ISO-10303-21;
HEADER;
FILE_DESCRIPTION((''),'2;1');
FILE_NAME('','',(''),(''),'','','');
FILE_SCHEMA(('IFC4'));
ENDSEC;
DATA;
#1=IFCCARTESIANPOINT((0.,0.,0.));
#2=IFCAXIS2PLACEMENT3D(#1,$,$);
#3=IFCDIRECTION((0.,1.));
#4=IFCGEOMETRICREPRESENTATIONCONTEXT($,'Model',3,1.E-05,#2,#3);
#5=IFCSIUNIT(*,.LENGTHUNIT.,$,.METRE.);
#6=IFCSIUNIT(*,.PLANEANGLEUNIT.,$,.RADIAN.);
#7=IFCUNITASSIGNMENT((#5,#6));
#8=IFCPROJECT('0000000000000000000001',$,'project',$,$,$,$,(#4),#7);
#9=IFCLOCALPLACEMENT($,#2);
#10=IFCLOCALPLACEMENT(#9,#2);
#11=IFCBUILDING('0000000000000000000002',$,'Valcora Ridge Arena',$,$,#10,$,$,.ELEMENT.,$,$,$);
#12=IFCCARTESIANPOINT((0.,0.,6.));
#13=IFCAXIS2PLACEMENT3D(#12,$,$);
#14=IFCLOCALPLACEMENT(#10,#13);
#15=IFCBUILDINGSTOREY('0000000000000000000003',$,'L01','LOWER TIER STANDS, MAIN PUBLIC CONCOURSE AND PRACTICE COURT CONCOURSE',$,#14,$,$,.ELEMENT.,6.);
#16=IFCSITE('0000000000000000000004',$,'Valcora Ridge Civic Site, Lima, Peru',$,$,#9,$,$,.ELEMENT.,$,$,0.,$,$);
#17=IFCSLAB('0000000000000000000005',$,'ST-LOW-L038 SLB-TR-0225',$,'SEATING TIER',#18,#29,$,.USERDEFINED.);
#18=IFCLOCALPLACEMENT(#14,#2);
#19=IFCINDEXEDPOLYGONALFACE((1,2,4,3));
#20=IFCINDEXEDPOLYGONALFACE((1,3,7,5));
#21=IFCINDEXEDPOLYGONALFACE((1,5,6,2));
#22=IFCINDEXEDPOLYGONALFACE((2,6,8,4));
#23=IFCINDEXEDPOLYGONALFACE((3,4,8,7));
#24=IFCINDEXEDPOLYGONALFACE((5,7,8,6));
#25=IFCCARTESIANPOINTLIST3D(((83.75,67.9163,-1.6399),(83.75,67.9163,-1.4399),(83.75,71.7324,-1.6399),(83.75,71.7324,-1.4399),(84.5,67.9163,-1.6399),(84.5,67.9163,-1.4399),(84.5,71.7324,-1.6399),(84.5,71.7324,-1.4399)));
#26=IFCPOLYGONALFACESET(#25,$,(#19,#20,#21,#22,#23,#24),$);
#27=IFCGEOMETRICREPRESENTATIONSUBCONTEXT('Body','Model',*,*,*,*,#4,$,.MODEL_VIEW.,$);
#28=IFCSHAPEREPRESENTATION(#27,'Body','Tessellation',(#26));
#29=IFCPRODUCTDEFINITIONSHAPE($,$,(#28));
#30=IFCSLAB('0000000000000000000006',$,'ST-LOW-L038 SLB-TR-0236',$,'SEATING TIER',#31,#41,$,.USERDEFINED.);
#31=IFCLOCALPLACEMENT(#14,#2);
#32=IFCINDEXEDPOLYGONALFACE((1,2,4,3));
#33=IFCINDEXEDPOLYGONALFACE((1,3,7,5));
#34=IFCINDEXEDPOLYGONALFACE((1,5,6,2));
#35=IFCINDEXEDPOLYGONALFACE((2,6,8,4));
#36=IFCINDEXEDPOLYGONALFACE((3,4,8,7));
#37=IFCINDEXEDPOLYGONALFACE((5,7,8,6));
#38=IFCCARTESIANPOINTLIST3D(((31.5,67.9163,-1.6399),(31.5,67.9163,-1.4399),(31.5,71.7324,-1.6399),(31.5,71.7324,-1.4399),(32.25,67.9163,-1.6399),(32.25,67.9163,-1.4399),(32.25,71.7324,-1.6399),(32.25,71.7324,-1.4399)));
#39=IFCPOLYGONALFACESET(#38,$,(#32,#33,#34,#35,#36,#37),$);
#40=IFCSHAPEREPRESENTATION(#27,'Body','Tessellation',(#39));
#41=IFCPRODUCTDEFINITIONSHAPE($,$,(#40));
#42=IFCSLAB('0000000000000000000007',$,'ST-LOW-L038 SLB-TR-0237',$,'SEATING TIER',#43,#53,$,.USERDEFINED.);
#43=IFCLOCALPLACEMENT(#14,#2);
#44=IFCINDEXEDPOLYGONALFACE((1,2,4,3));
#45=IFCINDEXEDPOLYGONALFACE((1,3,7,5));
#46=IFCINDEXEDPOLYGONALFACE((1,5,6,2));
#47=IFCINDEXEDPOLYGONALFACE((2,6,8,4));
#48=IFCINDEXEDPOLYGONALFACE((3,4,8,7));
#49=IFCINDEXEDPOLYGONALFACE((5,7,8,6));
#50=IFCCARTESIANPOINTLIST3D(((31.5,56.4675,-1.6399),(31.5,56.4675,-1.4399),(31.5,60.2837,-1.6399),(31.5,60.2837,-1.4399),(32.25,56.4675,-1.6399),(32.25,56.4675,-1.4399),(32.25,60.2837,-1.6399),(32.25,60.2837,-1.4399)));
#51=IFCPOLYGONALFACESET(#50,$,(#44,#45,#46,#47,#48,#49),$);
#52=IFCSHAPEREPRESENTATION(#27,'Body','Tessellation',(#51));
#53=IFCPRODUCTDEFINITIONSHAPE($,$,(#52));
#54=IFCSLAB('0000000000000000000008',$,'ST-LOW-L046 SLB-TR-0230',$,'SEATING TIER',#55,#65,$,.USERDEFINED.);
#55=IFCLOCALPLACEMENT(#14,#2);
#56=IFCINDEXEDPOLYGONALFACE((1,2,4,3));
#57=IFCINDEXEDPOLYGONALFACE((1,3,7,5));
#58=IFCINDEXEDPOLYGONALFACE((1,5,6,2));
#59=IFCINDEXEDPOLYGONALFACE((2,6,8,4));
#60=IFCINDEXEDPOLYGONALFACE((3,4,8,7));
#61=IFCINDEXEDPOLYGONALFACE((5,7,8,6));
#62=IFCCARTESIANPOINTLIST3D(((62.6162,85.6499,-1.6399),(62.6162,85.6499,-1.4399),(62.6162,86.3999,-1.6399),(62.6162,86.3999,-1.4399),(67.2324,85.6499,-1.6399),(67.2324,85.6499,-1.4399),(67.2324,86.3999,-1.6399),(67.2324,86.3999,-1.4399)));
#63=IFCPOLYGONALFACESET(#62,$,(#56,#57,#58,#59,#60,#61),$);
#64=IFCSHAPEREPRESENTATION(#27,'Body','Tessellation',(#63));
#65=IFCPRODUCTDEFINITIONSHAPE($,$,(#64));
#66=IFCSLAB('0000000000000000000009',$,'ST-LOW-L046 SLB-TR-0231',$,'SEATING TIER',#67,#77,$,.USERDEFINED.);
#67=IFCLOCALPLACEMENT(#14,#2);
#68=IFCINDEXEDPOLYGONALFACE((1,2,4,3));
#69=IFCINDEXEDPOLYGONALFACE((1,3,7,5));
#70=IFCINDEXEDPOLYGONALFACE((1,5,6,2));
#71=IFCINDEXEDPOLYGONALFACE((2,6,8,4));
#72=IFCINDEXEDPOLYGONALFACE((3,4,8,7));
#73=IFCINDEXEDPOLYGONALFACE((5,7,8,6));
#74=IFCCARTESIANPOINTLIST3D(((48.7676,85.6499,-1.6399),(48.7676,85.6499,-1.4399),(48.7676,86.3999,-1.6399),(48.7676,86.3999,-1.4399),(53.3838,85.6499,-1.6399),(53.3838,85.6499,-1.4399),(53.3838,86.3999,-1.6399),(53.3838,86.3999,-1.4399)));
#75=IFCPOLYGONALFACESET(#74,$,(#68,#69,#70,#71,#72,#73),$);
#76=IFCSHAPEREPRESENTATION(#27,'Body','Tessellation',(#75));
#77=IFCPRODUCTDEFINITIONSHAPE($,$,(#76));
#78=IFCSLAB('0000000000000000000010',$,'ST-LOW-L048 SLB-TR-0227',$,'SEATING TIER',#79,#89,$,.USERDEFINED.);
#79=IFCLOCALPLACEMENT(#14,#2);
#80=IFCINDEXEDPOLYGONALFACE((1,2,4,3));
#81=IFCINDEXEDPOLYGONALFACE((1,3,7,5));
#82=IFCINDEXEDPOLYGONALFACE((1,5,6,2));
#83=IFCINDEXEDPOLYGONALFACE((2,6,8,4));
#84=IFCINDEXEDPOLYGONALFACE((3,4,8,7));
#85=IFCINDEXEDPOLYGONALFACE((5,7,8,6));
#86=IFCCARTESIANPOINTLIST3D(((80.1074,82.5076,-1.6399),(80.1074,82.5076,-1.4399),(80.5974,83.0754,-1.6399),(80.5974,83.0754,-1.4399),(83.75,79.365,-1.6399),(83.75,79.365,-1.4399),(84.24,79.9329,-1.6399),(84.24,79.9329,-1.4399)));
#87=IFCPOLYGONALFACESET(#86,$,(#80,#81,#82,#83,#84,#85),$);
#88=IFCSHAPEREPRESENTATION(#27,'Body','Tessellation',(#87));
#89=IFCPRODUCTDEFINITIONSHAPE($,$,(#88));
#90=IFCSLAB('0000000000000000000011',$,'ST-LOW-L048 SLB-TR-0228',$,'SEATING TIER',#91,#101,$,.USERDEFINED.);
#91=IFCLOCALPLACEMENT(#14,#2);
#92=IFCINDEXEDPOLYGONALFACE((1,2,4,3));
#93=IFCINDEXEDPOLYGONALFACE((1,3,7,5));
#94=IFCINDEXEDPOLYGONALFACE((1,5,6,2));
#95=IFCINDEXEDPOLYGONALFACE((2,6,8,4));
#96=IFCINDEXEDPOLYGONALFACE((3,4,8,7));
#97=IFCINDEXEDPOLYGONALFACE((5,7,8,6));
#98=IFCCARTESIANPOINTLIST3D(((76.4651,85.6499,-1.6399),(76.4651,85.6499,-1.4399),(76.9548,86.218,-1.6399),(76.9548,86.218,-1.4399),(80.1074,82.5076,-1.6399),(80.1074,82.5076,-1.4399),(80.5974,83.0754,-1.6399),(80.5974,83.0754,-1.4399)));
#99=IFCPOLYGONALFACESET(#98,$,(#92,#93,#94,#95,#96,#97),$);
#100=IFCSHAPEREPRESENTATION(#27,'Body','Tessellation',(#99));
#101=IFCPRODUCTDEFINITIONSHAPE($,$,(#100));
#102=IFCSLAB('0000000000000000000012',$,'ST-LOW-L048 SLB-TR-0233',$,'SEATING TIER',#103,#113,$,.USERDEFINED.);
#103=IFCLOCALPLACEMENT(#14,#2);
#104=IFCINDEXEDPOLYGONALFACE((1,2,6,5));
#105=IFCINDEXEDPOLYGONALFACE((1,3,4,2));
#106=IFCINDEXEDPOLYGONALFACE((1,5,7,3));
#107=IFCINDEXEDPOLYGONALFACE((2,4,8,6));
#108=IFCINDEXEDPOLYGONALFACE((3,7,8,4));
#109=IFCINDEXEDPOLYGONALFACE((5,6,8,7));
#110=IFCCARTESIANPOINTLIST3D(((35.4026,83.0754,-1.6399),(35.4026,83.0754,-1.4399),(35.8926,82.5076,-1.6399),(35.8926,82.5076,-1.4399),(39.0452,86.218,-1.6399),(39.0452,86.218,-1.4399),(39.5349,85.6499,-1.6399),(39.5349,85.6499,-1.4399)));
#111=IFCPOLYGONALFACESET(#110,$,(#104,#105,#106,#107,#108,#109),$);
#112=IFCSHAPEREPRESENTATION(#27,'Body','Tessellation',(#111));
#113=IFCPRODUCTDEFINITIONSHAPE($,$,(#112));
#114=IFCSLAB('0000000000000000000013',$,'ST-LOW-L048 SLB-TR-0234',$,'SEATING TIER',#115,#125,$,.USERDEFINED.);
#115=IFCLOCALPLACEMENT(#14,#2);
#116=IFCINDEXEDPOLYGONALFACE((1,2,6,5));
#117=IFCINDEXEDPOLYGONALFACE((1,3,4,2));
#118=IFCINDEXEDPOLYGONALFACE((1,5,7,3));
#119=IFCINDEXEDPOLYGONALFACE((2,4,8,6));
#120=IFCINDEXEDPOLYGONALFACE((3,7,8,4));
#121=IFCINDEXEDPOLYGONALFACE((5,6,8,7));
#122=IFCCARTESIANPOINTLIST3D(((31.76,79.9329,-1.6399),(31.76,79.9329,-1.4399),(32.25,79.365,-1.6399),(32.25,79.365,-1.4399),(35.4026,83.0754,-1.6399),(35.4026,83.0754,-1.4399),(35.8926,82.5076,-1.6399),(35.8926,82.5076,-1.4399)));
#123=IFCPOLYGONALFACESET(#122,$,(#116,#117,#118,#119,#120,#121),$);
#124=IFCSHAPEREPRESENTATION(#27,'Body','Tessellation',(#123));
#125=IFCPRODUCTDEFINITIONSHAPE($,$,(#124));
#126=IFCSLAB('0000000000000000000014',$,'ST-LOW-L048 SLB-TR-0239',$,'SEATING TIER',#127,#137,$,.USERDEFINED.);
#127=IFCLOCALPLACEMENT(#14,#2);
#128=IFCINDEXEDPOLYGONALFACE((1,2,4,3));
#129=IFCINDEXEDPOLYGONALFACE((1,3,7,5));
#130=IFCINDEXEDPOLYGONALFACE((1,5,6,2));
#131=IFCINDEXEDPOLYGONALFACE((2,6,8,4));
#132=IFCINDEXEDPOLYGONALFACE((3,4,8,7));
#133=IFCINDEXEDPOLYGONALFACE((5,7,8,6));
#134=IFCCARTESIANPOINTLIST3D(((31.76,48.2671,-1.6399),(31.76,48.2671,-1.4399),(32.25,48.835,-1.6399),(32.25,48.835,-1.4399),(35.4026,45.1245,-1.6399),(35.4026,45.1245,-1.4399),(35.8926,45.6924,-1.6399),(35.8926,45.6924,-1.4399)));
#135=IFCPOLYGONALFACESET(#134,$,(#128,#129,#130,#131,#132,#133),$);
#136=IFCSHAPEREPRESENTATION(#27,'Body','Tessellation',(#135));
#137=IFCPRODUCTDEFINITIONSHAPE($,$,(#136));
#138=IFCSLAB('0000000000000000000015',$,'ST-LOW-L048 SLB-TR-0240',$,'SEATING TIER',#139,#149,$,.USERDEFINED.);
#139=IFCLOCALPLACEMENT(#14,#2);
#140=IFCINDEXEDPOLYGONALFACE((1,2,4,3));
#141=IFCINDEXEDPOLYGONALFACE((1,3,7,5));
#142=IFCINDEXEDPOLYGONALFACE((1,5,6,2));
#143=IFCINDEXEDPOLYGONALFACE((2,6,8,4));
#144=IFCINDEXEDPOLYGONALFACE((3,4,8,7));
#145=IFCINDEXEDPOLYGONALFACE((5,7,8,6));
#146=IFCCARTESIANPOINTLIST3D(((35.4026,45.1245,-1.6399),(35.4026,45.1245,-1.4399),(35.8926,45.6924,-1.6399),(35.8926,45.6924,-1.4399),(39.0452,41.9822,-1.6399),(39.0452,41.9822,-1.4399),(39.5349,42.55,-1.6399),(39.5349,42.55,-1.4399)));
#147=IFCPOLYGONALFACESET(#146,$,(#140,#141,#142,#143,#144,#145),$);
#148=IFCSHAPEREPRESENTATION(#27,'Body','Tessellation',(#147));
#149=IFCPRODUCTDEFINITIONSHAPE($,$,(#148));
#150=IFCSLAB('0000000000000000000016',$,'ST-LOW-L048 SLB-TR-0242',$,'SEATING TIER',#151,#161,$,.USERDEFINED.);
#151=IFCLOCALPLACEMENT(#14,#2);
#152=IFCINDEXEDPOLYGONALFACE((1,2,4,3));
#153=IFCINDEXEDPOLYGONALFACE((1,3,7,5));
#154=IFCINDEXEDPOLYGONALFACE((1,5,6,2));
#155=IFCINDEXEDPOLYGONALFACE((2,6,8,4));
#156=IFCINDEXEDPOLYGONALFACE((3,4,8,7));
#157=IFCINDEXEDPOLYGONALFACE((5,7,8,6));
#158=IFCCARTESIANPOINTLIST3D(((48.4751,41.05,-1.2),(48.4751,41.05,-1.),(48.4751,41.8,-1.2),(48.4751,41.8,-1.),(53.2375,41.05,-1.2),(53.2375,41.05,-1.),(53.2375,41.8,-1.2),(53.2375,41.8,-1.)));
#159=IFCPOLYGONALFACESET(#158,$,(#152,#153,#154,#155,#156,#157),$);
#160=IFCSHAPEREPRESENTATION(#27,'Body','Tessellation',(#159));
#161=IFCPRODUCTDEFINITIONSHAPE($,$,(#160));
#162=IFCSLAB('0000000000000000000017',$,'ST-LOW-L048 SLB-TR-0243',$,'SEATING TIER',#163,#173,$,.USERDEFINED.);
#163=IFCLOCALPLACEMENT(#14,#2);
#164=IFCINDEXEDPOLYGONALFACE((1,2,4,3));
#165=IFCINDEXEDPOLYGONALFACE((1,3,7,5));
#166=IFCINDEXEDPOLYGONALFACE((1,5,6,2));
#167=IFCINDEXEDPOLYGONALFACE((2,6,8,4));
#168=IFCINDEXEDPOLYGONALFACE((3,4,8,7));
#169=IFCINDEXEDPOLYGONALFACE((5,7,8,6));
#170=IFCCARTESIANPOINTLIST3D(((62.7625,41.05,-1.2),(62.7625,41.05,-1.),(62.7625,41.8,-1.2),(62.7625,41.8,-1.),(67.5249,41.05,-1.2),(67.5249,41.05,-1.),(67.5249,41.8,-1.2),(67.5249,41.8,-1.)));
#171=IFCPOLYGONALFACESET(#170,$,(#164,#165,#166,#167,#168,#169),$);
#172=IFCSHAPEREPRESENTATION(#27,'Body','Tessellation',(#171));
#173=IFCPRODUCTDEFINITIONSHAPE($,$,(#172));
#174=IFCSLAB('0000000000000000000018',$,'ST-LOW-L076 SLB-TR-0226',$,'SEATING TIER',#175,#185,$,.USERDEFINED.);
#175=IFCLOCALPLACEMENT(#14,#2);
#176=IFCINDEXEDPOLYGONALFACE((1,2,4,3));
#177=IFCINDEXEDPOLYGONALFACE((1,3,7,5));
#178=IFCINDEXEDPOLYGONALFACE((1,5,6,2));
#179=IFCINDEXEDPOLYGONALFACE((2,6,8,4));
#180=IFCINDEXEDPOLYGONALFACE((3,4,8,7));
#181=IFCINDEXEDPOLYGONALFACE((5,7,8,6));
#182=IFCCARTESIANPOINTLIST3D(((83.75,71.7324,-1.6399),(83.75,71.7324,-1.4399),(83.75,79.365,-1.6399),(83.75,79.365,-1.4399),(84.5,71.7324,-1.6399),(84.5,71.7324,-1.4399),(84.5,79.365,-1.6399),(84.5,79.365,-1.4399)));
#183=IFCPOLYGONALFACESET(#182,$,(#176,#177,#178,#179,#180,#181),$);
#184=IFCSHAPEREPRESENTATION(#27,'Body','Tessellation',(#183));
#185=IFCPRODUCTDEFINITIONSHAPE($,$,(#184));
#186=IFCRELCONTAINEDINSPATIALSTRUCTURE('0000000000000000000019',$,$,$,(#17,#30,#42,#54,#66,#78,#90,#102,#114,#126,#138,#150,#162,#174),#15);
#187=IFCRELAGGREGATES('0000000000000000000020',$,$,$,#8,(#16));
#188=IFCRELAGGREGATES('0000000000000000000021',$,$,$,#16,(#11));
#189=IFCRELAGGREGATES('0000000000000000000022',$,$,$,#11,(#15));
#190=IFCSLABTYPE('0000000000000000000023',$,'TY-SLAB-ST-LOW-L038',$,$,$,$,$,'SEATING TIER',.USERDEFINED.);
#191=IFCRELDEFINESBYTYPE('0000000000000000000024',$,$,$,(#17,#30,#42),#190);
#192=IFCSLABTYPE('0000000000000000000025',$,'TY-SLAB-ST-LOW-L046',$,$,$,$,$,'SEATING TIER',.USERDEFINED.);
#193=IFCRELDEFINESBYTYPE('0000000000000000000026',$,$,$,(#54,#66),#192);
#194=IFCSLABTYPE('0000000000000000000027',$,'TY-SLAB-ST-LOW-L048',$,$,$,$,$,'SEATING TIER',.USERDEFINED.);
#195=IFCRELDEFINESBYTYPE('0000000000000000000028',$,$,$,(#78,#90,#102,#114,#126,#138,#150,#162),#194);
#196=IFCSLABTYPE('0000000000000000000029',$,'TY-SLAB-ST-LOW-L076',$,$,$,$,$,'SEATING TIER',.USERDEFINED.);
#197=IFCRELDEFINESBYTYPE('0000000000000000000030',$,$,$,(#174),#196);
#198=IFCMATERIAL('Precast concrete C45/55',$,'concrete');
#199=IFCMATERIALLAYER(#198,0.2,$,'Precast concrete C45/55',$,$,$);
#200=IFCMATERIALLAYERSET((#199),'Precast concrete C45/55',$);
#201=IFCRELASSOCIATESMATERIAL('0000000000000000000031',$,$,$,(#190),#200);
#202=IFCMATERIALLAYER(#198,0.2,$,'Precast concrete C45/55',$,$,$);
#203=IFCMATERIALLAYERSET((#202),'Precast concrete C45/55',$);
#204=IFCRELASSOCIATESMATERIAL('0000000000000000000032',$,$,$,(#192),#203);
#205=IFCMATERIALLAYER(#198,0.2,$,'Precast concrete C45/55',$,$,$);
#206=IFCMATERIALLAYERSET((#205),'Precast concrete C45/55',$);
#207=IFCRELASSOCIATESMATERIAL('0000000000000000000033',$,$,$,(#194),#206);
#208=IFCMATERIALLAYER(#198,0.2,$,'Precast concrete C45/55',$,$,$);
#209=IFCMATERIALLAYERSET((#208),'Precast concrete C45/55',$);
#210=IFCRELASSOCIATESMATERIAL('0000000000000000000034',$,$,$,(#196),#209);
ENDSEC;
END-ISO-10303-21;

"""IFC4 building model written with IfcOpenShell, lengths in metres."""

from ifc_helpers import new_model, si_unit, direction, frame, origin, place, context, subcontext, project, spatial, polyline, outline, extrude, material, layer, layer_set, type_object, element, save


model = new_model("IFC4")

# Units and contexts
model_context = context("Model", 3, precision=1e-05, world=origin(), true_north=direction((0.0, 1.0)))
body_context = subcontext(model_context, "Body", "Model", "MODEL_VIEW")
ifc_project = project(units=[si_unit("LENGTHUNIT", "METRE"), si_unit("PLANEANGLEUNIT", "RADIAN")], contexts=[model_context])

# Site, building, storey
site_placement = place(None, origin())
site = spatial("IfcSite", under=ifc_project, at=site_placement, Name="Valcora Ridge Civic Site, Lima, Peru", CompositionType="ELEMENT", RefElevation=0.0)
building_placement = place(site_placement, origin())
building = spatial("IfcBuilding", under=site, at=building_placement, Name="Valcora Ridge Arena", CompositionType="ELEMENT")
storey_placement = place(building_placement, frame((0.0, 0.0, 6.0)))
storey = spatial("IfcBuildingStorey", under=building, at=storey_placement, Name="L01", Description="LOWER TIER STANDS, MAIN PUBLIC CONCOURSE AND PRACTICE COURT CONCOURSE", CompositionType="ELEMENT", Elevation=6.0)

# Slabs
ifc_material = material(Name="Precast concrete C45/55", Category="concrete")
ifc_layer_1 = layer(ifc_material, 0.2, Name="Precast concrete C45/55")
ifc_layer_set_1 = layer_set([ifc_layer_1], Name="Precast concrete C45/55")
slab_type_1 = type_object("IfcSlabType", Name="TY-SLAB-ST-LOW-L038", ElementType="SEATING TIER", PredefinedType="USERDEFINED", material=ifc_layer_set_1)
slab_1_placement = place(storey_placement, frame((0.0, 0.0, -1.6399)))
element("IfcSlab", 1, at=slab_1_placement, inside=storey, type_object=slab_type_1, Name="ST-LOW-L038 SLB-TR-0225", ObjectType="SEATING TIER", PredefinedType="USERDEFINED", context=body_context, shape_type="SweptSolid", body=[
    extrude(outline(polyline([(83.75, 67.9163), (83.75, 71.7324), (84.5, 71.7324), (84.5, 67.9163), (83.75, 67.9163)])), origin(), (0.0, 0.0, 1.0), 0.2),
])
slab_2_placement = place(storey_placement, frame((0.0, 0.0, -1.6399)))
element("IfcSlab", 2, at=slab_2_placement, inside=storey, type_object=slab_type_1, Name="ST-LOW-L038 SLB-TR-0236", ObjectType="SEATING TIER", PredefinedType="USERDEFINED", context=body_context, shape_type="SweptSolid", body=[
    extrude(outline(polyline([(32.25, 71.7324), (32.25, 67.9163), (31.5, 67.9163), (31.5, 71.7324), (32.25, 71.7324)])), origin(), (0.0, 0.0, 1.0), 0.2),
])
slab_3_placement = place(storey_placement, frame((0.0, 0.0, -1.6399)))
element("IfcSlab", 3, at=slab_3_placement, inside=storey, type_object=slab_type_1, Name="ST-LOW-L038 SLB-TR-0237", ObjectType="SEATING TIER", PredefinedType="USERDEFINED", context=body_context, shape_type="SweptSolid", body=[
    extrude(outline(polyline([(32.25, 60.2837), (32.25, 56.4675), (31.5, 56.4675), (31.5, 60.2837), (32.25, 60.2837)])), origin(), (0.0, 0.0, 1.0), 0.2),
])
ifc_layer_2 = layer(ifc_material, 0.2, Name="Precast concrete C45/55")
ifc_layer_set_2 = layer_set([ifc_layer_2], Name="Precast concrete C45/55")
slab_type_2 = type_object("IfcSlabType", Name="TY-SLAB-ST-LOW-L046", ElementType="SEATING TIER", PredefinedType="USERDEFINED", material=ifc_layer_set_2)
slab_4_placement = place(storey_placement, frame((0.0, 0.0, -1.6399)))
element("IfcSlab", 4, at=slab_4_placement, inside=storey, type_object=slab_type_2, Name="ST-LOW-L046 SLB-TR-0230", ObjectType="SEATING TIER", PredefinedType="USERDEFINED", context=body_context, shape_type="SweptSolid", body=[
    extrude(outline(polyline([(67.2324, 85.6499), (62.6162, 85.6499), (62.6162, 86.3999), (67.2324, 86.3999), (67.2324, 85.6499)])), origin(), (0.0, 0.0, 1.0), 0.2),
])
slab_5_placement = place(storey_placement, frame((0.0, 0.0, -1.6399)))
element("IfcSlab", 5, at=slab_5_placement, inside=storey, type_object=slab_type_2, Name="ST-LOW-L046 SLB-TR-0231", ObjectType="SEATING TIER", PredefinedType="USERDEFINED", context=body_context, shape_type="SweptSolid", body=[
    extrude(outline(polyline([(53.3838, 85.6499), (48.7676, 85.6499), (48.7676, 86.3999), (53.3838, 86.3999), (53.3838, 85.6499)])), origin(), (0.0, 0.0, 1.0), 0.2),
])
ifc_layer_3 = layer(ifc_material, 0.2, Name="Precast concrete C45/55")
ifc_layer_set_3 = layer_set([ifc_layer_3], Name="Precast concrete C45/55")
slab_type_3 = type_object("IfcSlabType", Name="TY-SLAB-ST-LOW-L048", ElementType="SEATING TIER", PredefinedType="USERDEFINED", material=ifc_layer_set_3)
slab_6_placement = place(storey_placement, frame((0.0, 0.0, -1.6399)))
element("IfcSlab", 6, at=slab_6_placement, inside=storey, type_object=slab_type_3, Name="ST-LOW-L048 SLB-TR-0227", ObjectType="SEATING TIER", PredefinedType="USERDEFINED", context=body_context, shape_type="SweptSolid", body=[
    extrude(outline(polyline([(83.75, 79.365), (80.1074, 82.5076), (80.5974, 83.0754), (84.24, 79.9329), (83.75, 79.365)])), origin(), (0.0, 0.0, 1.0), 0.2),
])
slab_7_placement = place(storey_placement, frame((0.0, 0.0, -1.6399)))
element("IfcSlab", 7, at=slab_7_placement, inside=storey, type_object=slab_type_3, Name="ST-LOW-L048 SLB-TR-0228", ObjectType="SEATING TIER", PredefinedType="USERDEFINED", context=body_context, shape_type="SweptSolid", body=[
    extrude(outline(polyline([(80.1074, 82.5076), (76.4651, 85.6499), (76.9548, 86.218), (80.5974, 83.0754), (80.1074, 82.5076)])), origin(), (0.0, 0.0, 1.0), 0.2),
])
slab_8_placement = place(storey_placement, frame((0.0, 0.0, -1.6399)))
element("IfcSlab", 8, at=slab_8_placement, inside=storey, type_object=slab_type_3, Name="ST-LOW-L048 SLB-TR-0233", ObjectType="SEATING TIER", PredefinedType="USERDEFINED", context=body_context, shape_type="SweptSolid", body=[
    extrude(outline(polyline([(39.5349, 85.6499), (35.8926, 82.5076), (35.4026, 83.0754), (39.0452, 86.218), (39.5349, 85.6499)])), origin(), (0.0, 0.0, 1.0), 0.2),
])
slab_9_placement = place(storey_placement, frame((0.0, 0.0, -1.6399)))
element("IfcSlab", 9, at=slab_9_placement, inside=storey, type_object=slab_type_3, Name="ST-LOW-L048 SLB-TR-0234", ObjectType="SEATING TIER", PredefinedType="USERDEFINED", context=body_context, shape_type="SweptSolid", body=[
    extrude(outline(polyline([(35.8926, 82.5076), (32.25, 79.365), (31.76, 79.9329), (35.4026, 83.0754), (35.8926, 82.5076)])), origin(), (0.0, 0.0, 1.0), 0.2),
])
slab_10_placement = place(storey_placement, frame((0.0, 0.0, -1.6399)))
element("IfcSlab", 10, at=slab_10_placement, inside=storey, type_object=slab_type_3, Name="ST-LOW-L048 SLB-TR-0239", ObjectType="SEATING TIER", PredefinedType="USERDEFINED", context=body_context, shape_type="SweptSolid", body=[
    extrude(outline(polyline([(32.25, 48.835), (35.8926, 45.6924), (35.4026, 45.1245), (31.76, 48.2671), (32.25, 48.835)])), origin(), (0.0, 0.0, 1.0), 0.2),
])
slab_11_placement = place(storey_placement, frame((0.0, 0.0, -1.6399)))
element("IfcSlab", 11, at=slab_11_placement, inside=storey, type_object=slab_type_3, Name="ST-LOW-L048 SLB-TR-0240", ObjectType="SEATING TIER", PredefinedType="USERDEFINED", context=body_context, shape_type="SweptSolid", body=[
    extrude(outline(polyline([(35.8926, 45.6924), (39.5349, 42.55), (39.0452, 41.9822), (35.4026, 45.1245), (35.8926, 45.6924)])), origin(), (0.0, 0.0, 1.0), 0.2),
])
slab_12_placement = place(storey_placement, frame((0.0, 0.0, -1.2)))
element("IfcSlab", 12, at=slab_12_placement, inside=storey, type_object=slab_type_3, Name="ST-LOW-L048 SLB-TR-0242", ObjectType="SEATING TIER", PredefinedType="USERDEFINED", context=body_context, shape_type="SweptSolid", body=[
    extrude(outline(polyline([(48.4751, 41.8), (53.2375, 41.8), (53.2375, 41.05), (48.4751, 41.05), (48.4751, 41.8)])), origin(), (0.0, 0.0, 1.0), 0.2),
])
slab_13_placement = place(storey_placement, frame((0.0, 0.0, -1.2)))
element("IfcSlab", 13, at=slab_13_placement, inside=storey, type_object=slab_type_3, Name="ST-LOW-L048 SLB-TR-0243", ObjectType="SEATING TIER", PredefinedType="USERDEFINED", context=body_context, shape_type="SweptSolid", body=[
    extrude(outline(polyline([(62.7625, 41.8), (67.5249, 41.8), (67.5249, 41.05), (62.7625, 41.05), (62.7625, 41.8)])), origin(), (0.0, 0.0, 1.0), 0.2),
])
ifc_layer_4 = layer(ifc_material, 0.2, Name="Precast concrete C45/55")
ifc_layer_set_4 = layer_set([ifc_layer_4], Name="Precast concrete C45/55")
slab_type_4 = type_object("IfcSlabType", Name="TY-SLAB-ST-LOW-L076", ElementType="SEATING TIER", PredefinedType="USERDEFINED", material=ifc_layer_set_4)
slab_14_placement = place(storey_placement, frame((0.0, 0.0, -1.6399)))
element("IfcSlab", 14, at=slab_14_placement, inside=storey, type_object=slab_type_4, Name="ST-LOW-L076 SLB-TR-0226", ObjectType="SEATING TIER", PredefinedType="USERDEFINED", context=body_context, shape_type="SweptSolid", body=[
    extrude(outline(polyline([(83.75, 71.7324), (83.75, 79.365), (84.5, 79.365), (84.5, 71.7324), (83.75, 71.7324)])), origin(), (0.0, 0.0, 1.0), 0.2),
])

save(model, "model.ifc")
